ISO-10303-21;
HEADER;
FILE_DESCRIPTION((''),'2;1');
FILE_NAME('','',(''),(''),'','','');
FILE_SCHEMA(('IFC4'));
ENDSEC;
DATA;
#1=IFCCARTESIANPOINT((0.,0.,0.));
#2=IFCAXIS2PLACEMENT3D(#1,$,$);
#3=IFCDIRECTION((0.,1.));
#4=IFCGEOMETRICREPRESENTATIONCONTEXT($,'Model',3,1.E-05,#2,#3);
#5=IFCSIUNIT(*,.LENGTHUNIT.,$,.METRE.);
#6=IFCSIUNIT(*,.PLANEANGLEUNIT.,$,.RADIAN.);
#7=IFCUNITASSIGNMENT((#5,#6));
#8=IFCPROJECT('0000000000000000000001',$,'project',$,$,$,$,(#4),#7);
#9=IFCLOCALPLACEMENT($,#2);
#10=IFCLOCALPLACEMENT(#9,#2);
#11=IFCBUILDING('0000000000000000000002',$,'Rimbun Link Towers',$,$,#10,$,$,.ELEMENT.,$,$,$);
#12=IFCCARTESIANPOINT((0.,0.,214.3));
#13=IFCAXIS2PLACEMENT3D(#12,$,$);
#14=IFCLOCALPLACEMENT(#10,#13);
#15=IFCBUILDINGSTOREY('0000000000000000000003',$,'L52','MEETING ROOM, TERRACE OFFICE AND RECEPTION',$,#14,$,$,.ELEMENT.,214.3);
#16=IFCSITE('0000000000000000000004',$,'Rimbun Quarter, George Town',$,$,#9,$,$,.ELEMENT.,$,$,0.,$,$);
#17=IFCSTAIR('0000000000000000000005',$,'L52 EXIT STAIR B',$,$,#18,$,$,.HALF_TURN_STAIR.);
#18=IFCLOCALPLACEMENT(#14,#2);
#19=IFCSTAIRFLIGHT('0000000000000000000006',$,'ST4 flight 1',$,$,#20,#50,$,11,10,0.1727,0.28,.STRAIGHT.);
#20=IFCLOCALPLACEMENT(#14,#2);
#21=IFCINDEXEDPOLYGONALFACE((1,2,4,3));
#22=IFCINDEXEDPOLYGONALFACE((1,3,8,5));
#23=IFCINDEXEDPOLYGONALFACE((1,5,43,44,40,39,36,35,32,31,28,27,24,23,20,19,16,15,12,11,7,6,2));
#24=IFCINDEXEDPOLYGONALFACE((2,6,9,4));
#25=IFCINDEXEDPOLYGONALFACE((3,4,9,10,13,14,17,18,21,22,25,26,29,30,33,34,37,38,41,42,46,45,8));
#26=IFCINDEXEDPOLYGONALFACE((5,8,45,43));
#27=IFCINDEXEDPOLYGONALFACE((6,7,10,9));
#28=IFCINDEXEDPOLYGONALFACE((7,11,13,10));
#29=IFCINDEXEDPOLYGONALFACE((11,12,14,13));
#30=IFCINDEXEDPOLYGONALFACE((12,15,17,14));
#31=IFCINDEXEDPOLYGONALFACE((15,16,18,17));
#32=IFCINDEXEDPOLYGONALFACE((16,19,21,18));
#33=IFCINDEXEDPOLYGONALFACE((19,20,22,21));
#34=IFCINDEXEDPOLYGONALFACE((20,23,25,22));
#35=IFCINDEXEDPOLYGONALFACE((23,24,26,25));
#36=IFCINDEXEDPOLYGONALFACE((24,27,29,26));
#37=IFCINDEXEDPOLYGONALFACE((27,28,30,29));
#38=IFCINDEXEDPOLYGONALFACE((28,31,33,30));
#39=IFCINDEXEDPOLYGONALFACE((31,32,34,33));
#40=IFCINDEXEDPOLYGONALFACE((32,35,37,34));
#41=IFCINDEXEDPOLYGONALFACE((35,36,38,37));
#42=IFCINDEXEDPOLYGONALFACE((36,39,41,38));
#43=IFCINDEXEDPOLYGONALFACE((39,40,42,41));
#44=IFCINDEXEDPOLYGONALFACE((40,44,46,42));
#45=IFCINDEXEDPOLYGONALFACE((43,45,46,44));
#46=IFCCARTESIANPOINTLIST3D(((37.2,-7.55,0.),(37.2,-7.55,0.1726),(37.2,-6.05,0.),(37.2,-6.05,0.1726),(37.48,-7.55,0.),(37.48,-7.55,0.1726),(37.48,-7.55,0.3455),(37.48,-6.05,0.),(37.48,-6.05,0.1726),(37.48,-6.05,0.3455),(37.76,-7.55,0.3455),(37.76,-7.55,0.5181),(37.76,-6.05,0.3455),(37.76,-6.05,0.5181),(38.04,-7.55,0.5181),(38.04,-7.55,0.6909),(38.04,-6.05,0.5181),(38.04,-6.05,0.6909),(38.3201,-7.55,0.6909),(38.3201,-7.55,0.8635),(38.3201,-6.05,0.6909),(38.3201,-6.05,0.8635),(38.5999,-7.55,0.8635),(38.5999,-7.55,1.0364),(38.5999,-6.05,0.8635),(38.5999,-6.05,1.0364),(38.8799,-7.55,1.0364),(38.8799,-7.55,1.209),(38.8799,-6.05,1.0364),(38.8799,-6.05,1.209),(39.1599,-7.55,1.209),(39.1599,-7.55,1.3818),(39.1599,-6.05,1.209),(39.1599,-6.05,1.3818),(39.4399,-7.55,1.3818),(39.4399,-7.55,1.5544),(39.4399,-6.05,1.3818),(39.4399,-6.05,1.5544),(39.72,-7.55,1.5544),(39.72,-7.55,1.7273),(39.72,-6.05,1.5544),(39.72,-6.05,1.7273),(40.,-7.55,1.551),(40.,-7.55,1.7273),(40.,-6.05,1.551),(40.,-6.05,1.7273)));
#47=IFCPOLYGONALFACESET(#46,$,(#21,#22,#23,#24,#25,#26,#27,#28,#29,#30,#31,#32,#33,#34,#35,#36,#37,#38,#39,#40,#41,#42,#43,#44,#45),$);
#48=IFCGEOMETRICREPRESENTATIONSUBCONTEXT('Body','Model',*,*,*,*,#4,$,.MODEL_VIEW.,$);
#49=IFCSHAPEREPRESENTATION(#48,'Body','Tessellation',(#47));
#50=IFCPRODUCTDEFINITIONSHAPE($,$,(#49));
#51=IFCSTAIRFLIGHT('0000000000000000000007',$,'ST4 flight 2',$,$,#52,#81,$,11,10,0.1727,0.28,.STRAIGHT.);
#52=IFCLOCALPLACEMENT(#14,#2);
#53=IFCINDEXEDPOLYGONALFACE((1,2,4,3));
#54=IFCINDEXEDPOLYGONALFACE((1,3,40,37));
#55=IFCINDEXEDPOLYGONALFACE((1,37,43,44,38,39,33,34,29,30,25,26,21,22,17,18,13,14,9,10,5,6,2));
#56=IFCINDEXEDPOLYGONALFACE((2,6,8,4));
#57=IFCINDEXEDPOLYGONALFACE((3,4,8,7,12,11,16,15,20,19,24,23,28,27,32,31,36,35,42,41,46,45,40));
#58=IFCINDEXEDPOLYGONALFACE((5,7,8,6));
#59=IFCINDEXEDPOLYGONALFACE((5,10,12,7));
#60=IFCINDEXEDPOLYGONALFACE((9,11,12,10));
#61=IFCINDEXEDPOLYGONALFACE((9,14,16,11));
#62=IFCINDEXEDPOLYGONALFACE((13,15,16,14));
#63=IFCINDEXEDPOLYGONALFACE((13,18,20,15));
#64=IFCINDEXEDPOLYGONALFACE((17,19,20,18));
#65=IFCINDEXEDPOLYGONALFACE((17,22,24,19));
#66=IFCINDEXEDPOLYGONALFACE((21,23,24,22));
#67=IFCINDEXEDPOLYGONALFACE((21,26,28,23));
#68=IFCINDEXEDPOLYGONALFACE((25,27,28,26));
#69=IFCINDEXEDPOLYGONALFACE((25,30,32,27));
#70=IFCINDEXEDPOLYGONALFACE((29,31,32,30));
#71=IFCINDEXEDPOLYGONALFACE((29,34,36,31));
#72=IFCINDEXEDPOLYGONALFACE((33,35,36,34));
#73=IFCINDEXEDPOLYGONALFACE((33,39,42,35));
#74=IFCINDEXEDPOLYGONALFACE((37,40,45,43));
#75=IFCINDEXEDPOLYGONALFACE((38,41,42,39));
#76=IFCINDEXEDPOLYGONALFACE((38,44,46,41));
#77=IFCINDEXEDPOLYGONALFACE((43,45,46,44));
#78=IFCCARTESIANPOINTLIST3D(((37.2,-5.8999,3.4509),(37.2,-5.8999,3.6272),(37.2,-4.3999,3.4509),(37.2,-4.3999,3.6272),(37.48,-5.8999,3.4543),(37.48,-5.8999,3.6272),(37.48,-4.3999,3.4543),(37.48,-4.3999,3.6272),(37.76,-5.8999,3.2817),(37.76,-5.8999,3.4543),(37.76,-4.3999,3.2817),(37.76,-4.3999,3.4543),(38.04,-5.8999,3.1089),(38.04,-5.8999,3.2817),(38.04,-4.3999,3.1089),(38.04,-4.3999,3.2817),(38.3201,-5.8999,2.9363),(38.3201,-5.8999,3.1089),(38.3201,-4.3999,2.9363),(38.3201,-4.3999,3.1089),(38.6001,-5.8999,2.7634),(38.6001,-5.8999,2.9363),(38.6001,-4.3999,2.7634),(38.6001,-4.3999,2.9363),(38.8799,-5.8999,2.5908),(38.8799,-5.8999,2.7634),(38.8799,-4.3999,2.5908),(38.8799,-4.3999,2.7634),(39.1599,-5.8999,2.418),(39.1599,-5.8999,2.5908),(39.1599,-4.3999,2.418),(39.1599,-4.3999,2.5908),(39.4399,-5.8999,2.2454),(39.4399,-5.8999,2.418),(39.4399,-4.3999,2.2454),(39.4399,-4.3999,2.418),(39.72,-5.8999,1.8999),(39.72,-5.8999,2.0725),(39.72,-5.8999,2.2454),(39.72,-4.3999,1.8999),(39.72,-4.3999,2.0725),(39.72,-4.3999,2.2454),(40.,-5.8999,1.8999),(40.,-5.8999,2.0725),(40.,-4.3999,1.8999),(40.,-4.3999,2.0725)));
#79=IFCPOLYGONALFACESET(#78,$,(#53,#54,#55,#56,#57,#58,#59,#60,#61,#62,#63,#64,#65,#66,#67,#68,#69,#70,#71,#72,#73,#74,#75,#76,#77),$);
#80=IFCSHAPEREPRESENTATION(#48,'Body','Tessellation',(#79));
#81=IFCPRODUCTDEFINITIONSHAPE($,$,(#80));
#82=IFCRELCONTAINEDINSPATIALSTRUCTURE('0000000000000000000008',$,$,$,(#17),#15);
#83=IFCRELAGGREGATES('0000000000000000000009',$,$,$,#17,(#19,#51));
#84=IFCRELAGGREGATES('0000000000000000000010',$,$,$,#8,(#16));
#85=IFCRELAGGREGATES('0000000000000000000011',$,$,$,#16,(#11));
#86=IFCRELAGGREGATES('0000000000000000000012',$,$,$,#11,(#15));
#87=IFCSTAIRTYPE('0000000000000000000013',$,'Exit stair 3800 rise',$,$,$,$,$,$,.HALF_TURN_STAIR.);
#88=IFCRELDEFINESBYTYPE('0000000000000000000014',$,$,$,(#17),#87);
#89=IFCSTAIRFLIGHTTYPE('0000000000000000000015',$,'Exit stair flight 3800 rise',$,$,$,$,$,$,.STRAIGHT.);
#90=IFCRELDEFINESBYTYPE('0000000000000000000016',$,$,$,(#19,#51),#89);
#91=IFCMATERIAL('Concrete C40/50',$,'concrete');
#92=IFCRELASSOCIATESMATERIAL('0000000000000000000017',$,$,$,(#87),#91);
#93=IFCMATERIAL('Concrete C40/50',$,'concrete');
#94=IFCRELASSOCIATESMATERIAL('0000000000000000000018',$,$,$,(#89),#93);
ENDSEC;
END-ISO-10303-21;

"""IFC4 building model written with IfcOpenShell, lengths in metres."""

from ifc_helpers import new_model, si_unit, direction, frame, origin, place, context, subcontext, project, spatial, polyline, outline, extrude, material, type_object, element, aggregate, save


model = new_model("IFC4")

# Units and contexts
model_context = context("Model", 3, precision=1e-05, world=origin(), true_north=direction((0.0, 1.0)))
body_context = subcontext(model_context, "Body", "Model", "MODEL_VIEW")
ifc_project = project(units=[si_unit("LENGTHUNIT", "METRE"), si_unit("PLANEANGLEUNIT", "RADIAN")], contexts=[model_context])

# Site, building, storey
site_placement = place(None, origin())
site = spatial("IfcSite", under=ifc_project, at=site_placement, Name="Rimbun Quarter, George Town", CompositionType="ELEMENT", RefElevation=0.0)
building_placement = place(site_placement, origin())
building = spatial("IfcBuilding", under=site, at=building_placement, Name="Rimbun Link Towers", CompositionType="ELEMENT")
storey_placement = place(building_placement, frame((0.0, 0.0, 214.3)))
storey = spatial("IfcBuildingStorey", under=building, at=storey_placement, Name="L52", Description="MEETING ROOM, TERRACE OFFICE AND RECEPTION", CompositionType="ELEMENT", Elevation=214.3)

# Stair, stair flights
ifc_material_1 = material(Name="Concrete C40/50", Category="concrete")
stair_type = type_object("IfcStairType", Name="Exit stair 3800 rise", PredefinedType="HALF_TURN_STAIR", material=ifc_material_1)
stair_placement = place(storey_placement, origin())
stair = element("IfcStair", 1, at=stair_placement, inside=storey, type_object=stair_type, Name="L52 EXIT STAIR B", PredefinedType="HALF_TURN_STAIR")
ifc_material_2 = material(Name="Concrete C40/50", Category="concrete")
stair_flight_type = type_object("IfcStairFlightType", Name="Exit stair flight 3800 rise", PredefinedType="STRAIGHT", material=ifc_material_2)
stair_flight_1_placement = place(storey_placement, frame((37.2, -6.8, 0.0), z_axis=(0.0, 0.0, 1.0), x_axis=(1.0, 0.0, 0.0)))
stair_flight_1 = element("IfcStairFlight", 2, at=stair_flight_1_placement, type_object=stair_flight_type, Name="ST4 flight 1", NumberOfRisers=11, NumberOfTreads=10, PredefinedType="STRAIGHT", RiserHeight=0.1727, TreadLength=0.28, context=body_context, shape_type="SweptSolid", body=[
    extrude(outline(polyline([(0.0, 0.0), (0.0, 0.1726), (0.28, 0.1726), (0.28, 0.3455), (0.5601, 0.3455), (0.5601, 0.5181), (0.8401, 0.5181), (0.8401, 0.6909), (1.1201, 0.6909), (1.1201, 0.8635), (1.3999, 0.8635), (1.3999, 1.0364), (1.6799, 1.0364), (1.6799, 1.209), (1.96, 1.209), (1.96, 1.3818), (2.24, 1.3818), (2.24, 1.5544), (2.52, 1.5544), (2.52, 1.7273), (2.8, 1.7273), (2.8, 1.8999), (2.8, 1.551), (0.28, 0.0), (0.0, 0.0)])), frame((0.0, 0.75, 0.0), z_axis=(0.0, -1.0, 0.0), x_axis=(1.0, 0.0, 0.0)), (0.0, 0.0, 1.0), 1.5),
])
stair_flight_2_placement = place(storey_placement, frame((40.0, -5.1499, 1.8999), z_axis=(0.0, 0.0, 1.0), x_axis=(-1.0, 0.0, 0.0)))
stair_flight_2 = element("IfcStairFlight", 3, at=stair_flight_2_placement, type_object=stair_flight_type, Name="ST4 flight 2", NumberOfRisers=11, NumberOfTreads=10, PredefinedType="STRAIGHT", RiserHeight=0.1727, TreadLength=0.28, context=body_context, shape_type="SweptSolid", body=[
    extrude(outline(polyline([(0.0, 0.0), (0.0, 0.1726), (0.28, 0.1726), (0.28, 0.3455), (0.5601, 0.3455), (0.5601, 0.5181), (0.8401, 0.5181), (0.8401, 0.6909), (1.1201, 0.6909), (1.1201, 0.8635), (1.3999, 0.8635), (1.3999, 1.0364), (1.6799, 1.0364), (1.6799, 1.209), (1.96, 1.209), (1.96, 1.3818), (2.24, 1.3818), (2.24, 1.5544), (2.52, 1.5544), (2.52, 1.7273), (2.8, 1.7273), (2.8, 1.8999), (2.8, 1.551), (0.28, 0.0), (0.0, 0.0)])), frame((0.0, 0.75, 0.0), z_axis=(0.0, -1.0, 0.0), x_axis=(1.0, 0.0, 0.0)), (0.0, 0.0, 1.0), 1.5),
])
aggregate(stair, [stair_flight_1, stair_flight_2])

save(model, "model.ifc")
